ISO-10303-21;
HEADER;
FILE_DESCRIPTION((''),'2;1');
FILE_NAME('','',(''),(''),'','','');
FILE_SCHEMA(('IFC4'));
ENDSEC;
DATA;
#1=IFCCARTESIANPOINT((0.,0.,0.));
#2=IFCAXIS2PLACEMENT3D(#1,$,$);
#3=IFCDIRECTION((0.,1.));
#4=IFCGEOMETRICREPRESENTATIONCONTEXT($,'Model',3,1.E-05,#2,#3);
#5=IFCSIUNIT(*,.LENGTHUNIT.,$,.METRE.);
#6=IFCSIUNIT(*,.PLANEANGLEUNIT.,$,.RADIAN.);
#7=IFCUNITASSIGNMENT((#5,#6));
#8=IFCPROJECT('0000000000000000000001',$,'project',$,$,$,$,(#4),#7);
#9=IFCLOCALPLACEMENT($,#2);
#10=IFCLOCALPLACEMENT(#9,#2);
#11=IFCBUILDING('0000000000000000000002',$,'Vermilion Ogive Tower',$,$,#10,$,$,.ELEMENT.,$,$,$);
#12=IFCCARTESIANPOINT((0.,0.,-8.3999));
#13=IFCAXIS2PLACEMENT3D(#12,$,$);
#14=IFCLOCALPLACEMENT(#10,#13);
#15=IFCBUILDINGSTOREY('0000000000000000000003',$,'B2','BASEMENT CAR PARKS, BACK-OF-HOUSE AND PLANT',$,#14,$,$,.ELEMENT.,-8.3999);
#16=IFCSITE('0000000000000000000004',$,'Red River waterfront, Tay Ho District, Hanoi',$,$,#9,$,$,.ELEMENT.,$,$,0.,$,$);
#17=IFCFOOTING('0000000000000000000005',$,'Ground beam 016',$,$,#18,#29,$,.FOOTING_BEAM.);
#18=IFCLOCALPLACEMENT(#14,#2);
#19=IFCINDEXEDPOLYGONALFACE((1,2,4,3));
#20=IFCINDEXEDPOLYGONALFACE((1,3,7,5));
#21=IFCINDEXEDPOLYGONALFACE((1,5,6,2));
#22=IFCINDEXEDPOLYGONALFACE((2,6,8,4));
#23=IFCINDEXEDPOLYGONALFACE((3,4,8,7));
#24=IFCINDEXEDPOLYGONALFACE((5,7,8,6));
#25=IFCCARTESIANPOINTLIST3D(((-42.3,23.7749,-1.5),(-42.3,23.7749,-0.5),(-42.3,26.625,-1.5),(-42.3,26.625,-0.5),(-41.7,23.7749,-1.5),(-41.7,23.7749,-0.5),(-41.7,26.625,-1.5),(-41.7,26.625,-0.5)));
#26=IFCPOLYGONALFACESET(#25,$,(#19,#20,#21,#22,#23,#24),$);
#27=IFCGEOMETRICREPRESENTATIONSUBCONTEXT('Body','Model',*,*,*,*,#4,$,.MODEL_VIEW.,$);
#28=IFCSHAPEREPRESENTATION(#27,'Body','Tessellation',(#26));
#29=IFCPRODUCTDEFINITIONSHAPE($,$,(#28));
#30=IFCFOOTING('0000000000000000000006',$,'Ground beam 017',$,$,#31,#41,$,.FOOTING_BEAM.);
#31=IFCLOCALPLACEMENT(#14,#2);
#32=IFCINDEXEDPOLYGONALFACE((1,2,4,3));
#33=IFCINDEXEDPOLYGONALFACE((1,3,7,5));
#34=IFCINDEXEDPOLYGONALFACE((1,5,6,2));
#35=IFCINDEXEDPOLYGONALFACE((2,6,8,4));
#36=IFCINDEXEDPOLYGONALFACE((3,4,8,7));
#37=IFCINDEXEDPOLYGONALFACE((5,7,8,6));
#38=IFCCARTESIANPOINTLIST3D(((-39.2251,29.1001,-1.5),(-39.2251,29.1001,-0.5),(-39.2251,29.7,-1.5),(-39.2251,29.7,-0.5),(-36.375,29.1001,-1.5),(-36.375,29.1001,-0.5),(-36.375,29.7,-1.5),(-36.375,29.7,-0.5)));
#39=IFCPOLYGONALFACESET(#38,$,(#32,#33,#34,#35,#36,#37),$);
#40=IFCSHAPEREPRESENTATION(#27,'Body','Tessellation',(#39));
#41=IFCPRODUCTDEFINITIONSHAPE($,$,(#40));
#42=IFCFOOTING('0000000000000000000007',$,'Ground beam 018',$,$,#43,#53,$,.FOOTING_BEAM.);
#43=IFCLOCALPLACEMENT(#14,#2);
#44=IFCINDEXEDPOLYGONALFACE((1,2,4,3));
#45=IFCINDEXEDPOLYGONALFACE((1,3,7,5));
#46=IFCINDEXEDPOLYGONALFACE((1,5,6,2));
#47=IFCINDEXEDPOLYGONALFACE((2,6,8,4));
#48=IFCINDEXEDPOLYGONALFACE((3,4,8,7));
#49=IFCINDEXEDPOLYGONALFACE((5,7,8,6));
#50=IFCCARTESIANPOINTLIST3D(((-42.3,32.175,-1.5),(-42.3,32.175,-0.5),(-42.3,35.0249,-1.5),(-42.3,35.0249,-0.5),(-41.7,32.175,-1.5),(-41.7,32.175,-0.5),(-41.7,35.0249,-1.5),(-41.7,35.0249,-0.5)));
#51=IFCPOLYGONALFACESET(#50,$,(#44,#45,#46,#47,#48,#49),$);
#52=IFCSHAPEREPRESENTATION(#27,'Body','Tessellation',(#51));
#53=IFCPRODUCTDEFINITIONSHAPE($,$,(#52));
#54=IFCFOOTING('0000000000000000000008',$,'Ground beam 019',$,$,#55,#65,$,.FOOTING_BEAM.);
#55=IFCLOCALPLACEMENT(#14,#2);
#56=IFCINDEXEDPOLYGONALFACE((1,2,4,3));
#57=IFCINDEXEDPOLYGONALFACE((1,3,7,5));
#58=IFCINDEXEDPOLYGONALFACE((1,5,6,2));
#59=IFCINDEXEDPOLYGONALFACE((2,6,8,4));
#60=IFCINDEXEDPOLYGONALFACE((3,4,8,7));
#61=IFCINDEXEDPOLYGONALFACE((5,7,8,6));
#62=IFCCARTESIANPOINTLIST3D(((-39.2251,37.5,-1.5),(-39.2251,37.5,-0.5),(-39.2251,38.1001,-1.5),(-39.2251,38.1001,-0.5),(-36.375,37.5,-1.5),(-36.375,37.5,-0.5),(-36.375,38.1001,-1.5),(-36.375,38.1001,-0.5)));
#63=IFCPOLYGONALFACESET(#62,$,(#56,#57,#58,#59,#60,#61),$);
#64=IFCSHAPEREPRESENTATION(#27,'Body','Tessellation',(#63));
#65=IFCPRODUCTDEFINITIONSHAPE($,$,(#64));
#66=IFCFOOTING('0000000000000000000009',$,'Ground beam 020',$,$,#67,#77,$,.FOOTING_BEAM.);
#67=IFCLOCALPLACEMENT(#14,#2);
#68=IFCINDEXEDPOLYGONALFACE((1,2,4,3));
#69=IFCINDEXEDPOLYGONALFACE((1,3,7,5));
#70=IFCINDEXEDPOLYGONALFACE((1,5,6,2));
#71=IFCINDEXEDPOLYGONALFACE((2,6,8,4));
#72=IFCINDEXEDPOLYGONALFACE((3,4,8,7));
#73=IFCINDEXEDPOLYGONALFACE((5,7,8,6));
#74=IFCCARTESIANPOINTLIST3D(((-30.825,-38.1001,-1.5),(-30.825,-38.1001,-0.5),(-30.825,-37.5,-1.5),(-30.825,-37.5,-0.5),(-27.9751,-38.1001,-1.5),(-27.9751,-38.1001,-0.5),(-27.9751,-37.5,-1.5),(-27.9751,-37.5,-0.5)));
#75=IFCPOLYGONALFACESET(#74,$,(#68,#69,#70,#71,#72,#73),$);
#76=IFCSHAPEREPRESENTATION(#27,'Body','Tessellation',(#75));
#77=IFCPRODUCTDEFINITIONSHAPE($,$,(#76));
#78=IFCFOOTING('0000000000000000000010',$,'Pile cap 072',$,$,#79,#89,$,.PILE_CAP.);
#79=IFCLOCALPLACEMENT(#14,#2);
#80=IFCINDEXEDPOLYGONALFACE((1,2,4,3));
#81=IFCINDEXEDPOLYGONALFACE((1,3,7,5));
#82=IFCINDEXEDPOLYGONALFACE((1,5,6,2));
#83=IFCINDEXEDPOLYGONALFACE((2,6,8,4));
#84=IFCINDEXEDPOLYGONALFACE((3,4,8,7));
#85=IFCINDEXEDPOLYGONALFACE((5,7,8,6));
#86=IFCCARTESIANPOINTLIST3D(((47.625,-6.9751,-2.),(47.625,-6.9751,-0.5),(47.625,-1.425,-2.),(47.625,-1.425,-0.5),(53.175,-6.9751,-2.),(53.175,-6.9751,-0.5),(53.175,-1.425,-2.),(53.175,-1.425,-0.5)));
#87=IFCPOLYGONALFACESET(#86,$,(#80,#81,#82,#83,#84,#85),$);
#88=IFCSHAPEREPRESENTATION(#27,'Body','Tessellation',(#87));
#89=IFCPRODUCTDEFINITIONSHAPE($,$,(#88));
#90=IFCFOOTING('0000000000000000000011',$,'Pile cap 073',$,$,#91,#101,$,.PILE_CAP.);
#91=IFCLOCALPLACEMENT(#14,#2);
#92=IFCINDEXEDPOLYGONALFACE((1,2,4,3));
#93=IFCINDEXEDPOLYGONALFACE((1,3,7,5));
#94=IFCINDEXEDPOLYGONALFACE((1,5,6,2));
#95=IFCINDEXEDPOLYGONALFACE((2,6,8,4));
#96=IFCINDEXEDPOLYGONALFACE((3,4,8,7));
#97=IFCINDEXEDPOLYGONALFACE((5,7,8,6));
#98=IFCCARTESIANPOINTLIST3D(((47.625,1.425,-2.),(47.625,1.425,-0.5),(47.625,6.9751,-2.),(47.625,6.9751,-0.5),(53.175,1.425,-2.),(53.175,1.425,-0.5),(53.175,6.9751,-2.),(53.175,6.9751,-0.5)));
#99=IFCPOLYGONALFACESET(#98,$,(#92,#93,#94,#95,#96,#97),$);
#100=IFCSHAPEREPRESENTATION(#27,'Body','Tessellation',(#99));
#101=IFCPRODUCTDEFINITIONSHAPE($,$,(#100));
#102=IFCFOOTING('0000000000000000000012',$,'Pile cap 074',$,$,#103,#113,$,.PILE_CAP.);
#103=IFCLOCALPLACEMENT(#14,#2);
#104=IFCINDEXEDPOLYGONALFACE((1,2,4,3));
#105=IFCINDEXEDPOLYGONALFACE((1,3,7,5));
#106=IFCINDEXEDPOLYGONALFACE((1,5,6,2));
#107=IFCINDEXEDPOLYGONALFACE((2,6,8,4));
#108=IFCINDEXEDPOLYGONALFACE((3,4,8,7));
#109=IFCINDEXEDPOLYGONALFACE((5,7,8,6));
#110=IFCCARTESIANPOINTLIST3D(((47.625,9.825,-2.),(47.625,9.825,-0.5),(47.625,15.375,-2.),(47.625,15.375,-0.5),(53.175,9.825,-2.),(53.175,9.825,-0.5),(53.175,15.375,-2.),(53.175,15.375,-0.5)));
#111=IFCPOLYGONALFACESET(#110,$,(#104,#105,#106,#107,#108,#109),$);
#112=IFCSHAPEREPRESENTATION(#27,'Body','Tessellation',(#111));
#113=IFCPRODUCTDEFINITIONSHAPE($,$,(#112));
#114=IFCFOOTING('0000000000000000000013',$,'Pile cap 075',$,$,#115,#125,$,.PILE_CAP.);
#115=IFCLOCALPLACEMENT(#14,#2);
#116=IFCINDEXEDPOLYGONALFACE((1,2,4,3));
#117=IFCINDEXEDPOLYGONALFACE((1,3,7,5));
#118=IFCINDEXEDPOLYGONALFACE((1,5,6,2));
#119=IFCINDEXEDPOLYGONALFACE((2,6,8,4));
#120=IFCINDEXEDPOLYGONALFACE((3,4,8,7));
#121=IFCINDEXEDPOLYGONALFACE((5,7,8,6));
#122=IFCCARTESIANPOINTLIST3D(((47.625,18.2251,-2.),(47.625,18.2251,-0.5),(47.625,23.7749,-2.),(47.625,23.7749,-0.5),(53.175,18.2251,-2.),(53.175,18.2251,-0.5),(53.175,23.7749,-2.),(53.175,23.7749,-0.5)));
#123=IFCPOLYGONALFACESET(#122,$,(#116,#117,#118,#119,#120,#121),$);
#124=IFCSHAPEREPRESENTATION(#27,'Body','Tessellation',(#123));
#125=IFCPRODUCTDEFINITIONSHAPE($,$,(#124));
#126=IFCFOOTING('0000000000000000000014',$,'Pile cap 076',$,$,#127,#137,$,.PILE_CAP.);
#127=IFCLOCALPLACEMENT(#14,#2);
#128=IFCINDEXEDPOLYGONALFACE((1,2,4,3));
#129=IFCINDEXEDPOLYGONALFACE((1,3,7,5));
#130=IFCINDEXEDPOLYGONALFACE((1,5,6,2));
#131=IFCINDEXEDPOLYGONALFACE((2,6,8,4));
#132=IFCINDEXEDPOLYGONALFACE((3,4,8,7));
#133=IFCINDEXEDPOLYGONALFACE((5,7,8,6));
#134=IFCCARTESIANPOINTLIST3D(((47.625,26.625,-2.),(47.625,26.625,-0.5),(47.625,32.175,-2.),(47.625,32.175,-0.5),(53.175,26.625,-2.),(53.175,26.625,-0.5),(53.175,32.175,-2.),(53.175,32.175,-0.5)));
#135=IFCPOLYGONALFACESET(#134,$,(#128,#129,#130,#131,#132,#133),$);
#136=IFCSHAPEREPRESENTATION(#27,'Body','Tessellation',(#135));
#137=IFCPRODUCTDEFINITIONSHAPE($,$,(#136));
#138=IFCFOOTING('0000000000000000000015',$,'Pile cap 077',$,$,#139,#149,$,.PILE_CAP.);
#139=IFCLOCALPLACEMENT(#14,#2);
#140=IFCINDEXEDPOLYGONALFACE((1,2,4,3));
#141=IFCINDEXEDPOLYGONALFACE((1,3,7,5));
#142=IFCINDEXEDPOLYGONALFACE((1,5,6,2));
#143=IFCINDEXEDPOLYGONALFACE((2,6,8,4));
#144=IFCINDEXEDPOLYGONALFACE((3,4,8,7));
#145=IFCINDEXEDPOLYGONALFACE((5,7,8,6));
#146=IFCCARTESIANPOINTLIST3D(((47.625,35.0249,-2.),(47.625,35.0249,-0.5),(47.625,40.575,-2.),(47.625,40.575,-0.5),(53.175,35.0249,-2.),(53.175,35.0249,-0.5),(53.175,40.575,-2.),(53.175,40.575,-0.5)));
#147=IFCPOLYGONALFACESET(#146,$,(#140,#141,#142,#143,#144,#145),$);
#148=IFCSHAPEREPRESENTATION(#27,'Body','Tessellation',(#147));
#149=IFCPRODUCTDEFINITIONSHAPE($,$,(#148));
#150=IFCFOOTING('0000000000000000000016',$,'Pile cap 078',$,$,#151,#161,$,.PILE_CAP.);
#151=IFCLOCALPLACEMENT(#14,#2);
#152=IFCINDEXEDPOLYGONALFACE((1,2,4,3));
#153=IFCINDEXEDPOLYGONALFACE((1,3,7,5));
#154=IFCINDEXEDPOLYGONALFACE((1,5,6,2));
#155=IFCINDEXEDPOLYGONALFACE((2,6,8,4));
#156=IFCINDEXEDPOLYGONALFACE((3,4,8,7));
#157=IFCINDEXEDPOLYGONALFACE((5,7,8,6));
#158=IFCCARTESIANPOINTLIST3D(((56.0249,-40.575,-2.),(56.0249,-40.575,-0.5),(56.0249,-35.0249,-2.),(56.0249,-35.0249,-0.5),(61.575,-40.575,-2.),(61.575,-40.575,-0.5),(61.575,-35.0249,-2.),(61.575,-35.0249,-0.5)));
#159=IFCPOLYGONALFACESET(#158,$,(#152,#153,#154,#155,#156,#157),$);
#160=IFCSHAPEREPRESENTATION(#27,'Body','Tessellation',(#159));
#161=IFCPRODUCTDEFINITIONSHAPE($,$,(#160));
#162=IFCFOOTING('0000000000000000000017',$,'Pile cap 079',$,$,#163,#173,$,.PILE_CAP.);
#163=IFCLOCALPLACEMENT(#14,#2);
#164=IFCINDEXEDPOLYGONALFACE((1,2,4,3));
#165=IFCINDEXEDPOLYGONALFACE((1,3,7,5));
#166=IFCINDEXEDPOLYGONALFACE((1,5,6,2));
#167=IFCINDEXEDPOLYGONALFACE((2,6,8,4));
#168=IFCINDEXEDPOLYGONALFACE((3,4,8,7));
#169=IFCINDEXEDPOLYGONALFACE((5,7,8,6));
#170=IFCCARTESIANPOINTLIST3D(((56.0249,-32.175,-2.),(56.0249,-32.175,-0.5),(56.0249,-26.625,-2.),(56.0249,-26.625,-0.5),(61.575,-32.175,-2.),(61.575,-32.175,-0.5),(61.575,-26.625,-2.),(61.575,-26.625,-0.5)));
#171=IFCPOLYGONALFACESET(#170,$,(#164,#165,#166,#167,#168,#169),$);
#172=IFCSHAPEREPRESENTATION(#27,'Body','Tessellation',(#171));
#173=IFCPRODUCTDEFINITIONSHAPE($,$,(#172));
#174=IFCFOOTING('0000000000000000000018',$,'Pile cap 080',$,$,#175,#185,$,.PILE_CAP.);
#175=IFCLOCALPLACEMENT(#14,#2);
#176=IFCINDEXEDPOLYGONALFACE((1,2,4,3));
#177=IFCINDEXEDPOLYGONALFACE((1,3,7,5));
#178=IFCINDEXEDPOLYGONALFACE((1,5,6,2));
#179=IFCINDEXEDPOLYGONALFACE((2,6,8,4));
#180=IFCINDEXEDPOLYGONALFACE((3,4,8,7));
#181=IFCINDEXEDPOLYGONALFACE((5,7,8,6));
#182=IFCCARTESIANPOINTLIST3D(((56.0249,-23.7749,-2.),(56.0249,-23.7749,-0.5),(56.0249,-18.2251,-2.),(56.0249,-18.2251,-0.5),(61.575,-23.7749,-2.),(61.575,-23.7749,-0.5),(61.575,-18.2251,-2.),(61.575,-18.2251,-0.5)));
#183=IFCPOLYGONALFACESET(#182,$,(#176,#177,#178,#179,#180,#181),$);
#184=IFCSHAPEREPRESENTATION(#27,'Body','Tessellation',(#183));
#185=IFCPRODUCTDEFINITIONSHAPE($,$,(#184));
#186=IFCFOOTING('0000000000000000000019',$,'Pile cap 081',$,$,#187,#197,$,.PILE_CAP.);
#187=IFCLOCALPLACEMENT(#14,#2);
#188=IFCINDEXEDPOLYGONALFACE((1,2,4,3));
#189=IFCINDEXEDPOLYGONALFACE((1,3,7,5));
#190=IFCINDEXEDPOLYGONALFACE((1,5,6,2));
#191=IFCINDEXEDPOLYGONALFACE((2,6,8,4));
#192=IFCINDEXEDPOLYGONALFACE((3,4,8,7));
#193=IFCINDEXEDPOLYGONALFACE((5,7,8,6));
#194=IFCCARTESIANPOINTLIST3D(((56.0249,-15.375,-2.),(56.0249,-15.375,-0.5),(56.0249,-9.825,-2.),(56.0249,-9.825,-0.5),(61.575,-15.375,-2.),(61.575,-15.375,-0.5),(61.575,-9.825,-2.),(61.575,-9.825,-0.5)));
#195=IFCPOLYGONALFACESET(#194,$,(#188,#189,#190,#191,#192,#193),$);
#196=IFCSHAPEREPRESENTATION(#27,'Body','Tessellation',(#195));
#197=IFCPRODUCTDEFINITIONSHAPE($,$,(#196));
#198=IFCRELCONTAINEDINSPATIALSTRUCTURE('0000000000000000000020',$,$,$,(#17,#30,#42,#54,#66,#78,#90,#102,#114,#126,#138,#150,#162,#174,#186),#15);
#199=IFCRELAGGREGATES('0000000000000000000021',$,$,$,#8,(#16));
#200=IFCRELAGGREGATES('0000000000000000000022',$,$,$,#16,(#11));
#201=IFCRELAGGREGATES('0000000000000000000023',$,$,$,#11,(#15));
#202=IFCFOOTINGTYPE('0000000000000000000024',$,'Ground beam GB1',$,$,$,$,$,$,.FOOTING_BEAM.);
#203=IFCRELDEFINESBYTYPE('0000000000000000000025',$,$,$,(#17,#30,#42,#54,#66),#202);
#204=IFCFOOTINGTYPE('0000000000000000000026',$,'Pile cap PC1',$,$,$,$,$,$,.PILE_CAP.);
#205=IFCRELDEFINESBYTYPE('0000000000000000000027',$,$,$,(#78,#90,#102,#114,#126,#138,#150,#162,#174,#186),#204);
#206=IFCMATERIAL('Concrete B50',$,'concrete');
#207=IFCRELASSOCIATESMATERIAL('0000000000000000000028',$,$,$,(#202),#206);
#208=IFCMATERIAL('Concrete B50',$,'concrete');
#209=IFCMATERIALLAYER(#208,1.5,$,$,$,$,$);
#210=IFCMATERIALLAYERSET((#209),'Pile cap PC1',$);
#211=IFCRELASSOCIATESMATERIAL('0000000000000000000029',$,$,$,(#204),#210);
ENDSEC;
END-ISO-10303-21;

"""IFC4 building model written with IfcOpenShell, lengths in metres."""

from ifc_helpers import new_model, si_unit, direction, frame, origin, place, context, subcontext, project, spatial, polyline, outline, extrude, material, layer, layer_set, type_object, element, save


model = new_model("IFC4")

# Units and contexts
model_context = context("Model", 3, precision=1e-05, world=origin(), true_north=direction((0.0, 1.0)))
body_context = subcontext(model_context, "Body", "Model", "MODEL_VIEW")
ifc_project = project(units=[si_unit("LENGTHUNIT", "METRE"), si_unit("PLANEANGLEUNIT", "RADIAN")], contexts=[model_context])

# Site, building, storey
site_placement = place(None, origin())
site = spatial("IfcSite", under=ifc_project, at=site_placement, Name="Red River waterfront, Tay Ho District, Hanoi", CompositionType="ELEMENT", RefElevation=0.0)
building_placement = place(site_placement, origin())
building = spatial("IfcBuilding", under=site, at=building_placement, Name="Vermilion Ogive Tower", CompositionType="ELEMENT")
storey_placement = place(building_placement, frame((0.0, 0.0, -8.3999)))
storey = spatial("IfcBuildingStorey", under=building, at=storey_placement, Name="B2", Description="BASEMENT CAR PARKS, BACK-OF-HOUSE AND PLANT", CompositionType="ELEMENT", Elevation=-8.3999)

# Footings
ifc_material_1 = material(Name="Concrete B50", Category="concrete")
footing_type_1 = type_object("IfcFootingType", Name="Ground beam GB1", PredefinedType="FOOTING_BEAM", material=ifc_material_1)
footing_1_placement = place(storey_placement, frame((0.0, 0.0, -1.5)))
element("IfcFooting", 1, at=footing_1_placement, inside=storey, type_object=footing_type_1, Name="Ground beam 016", PredefinedType="FOOTING_BEAM", context=body_context, shape_type="SweptSolid", body=[
    extrude(outline(polyline([(-41.7, 23.7749), (-41.7, 26.625), (-42.3, 26.625), (-42.3, 23.7749), (-41.7, 23.7749)])), origin(), (0.0, 0.0, 1.0), 1.0),
])
footing_2_placement = place(storey_placement, frame((0.0, 0.0, -1.5)))
element("IfcFooting", 2, at=footing_2_placement, inside=storey, type_object=footing_type_1, Name="Ground beam 017", PredefinedType="FOOTING_BEAM", context=body_context, shape_type="SweptSolid", body=[
    extrude(outline(polyline([(-36.375, 29.1001), (-36.375, 29.7), (-39.2251, 29.7), (-39.2251, 29.1001), (-36.375, 29.1001)])), origin(), (0.0, 0.0, 1.0), 1.0),
])
footing_3_placement = place(storey_placement, frame((0.0, 0.0, -1.5)))
element("IfcFooting", 3, at=footing_3_placement, inside=storey, type_object=footing_type_1, Name="Ground beam 018", PredefinedType="FOOTING_BEAM", context=body_context, shape_type="SweptSolid", body=[
    extrude(outline(polyline([(-41.7, 32.175), (-41.7, 35.0249), (-42.3, 35.0249), (-42.3, 32.175), (-41.7, 32.175)])), origin(), (0.0, 0.0, 1.0), 1.0),
])
footing_4_placement = place(storey_placement, frame((0.0, 0.0, -1.5)))
element("IfcFooting", 4, at=footing_4_placement, inside=storey, type_object=footing_type_1, Name="Ground beam 019", PredefinedType="FOOTING_BEAM", context=body_context, shape_type="SweptSolid", body=[
    extrude(outline(polyline([(-36.375, 37.5), (-36.375, 38.1001), (-39.2251, 38.1001), (-39.2251, 37.5), (-36.375, 37.5)])), origin(), (0.0, 0.0, 1.0), 1.0),
])
footing_5_placement = place(storey_placement, frame((0.0, 0.0, -1.5)))
element("IfcFooting", 5, at=footing_5_placement, inside=storey, type_object=footing_type_1, Name="Ground beam 020", PredefinedType="FOOTING_BEAM", context=body_context, shape_type="SweptSolid", body=[
    extrude(outline(polyline([(-27.9751, -38.1001), (-27.9751, -37.5), (-30.825, -37.5), (-30.825, -38.1001), (-27.9751, -38.1001)])), origin(), (0.0, 0.0, 1.0), 1.0),
])
ifc_material_2 = material(Name="Concrete B50", Category="concrete")
ifc_layer = layer(ifc_material_2, 1.5)
ifc_layer_set = layer_set([ifc_layer], Name="Pile cap PC1")
footing_type_2 = type_object("IfcFootingType", Name="Pile cap PC1", PredefinedType="PILE_CAP", material=ifc_layer_set)
footing_6_placement = place(storey_placement, frame((0.0, 0.0, -2.0)))
element("IfcFooting", 6, at=footing_6_placement, inside=storey, type_object=footing_type_2, Name="Pile cap 072", PredefinedType="PILE_CAP", context=body_context, shape_type="SweptSolid", body=[
    extrude(outline(polyline([(47.625, -6.9751), (53.175, -6.9751), (53.175, -1.425), (47.625, -1.425), (47.625, -6.9751)])), origin(), (0.0, 0.0, 1.0), 1.5),
])
footing_7_placement = place(storey_placement, frame((0.0, 0.0, -2.0)))
element("IfcFooting", 7, at=footing_7_placement, inside=storey, type_object=footing_type_2, Name="Pile cap 073", PredefinedType="PILE_CAP", context=body_context, shape_type="SweptSolid", body=[
    extrude(outline(polyline([(47.625, 1.425), (53.175, 1.425), (53.175, 6.9751), (47.625, 6.9751), (47.625, 1.425)])), origin(), (0.0, 0.0, 1.0), 1.5),
])
footing_8_placement = place(storey_placement, frame((0.0, 0.0, -2.0)))
element("IfcFooting", 8, at=footing_8_placement, inside=storey, type_object=footing_type_2, Name="Pile cap 074", PredefinedType="PILE_CAP", context=body_context, shape_type="SweptSolid", body=[
    extrude(outline(polyline([(47.625, 9.825), (53.175, 9.825), (53.175, 15.375), (47.625, 15.375), (47.625, 9.825)])), origin(), (0.0, 0.0, 1.0), 1.5),
])
footing_9_placement = place(storey_placement, frame((0.0, 0.0, -2.0)))
element("IfcFooting", 9, at=footing_9_placement, inside=storey, type_object=footing_type_2, Name="Pile cap 075", PredefinedType="PILE_CAP", context=body_context, shape_type="SweptSolid", body=[
    extrude(outline(polyline([(47.625, 18.2251), (53.175, 18.2251), (53.175, 23.7749), (47.625, 23.7749), (47.625, 18.2251)])), origin(), (0.0, 0.0, 1.0), 1.5),
])
footing_10_placement = place(storey_placement, frame((0.0, 0.0, -2.0)))
element("IfcFooting", 10, at=footing_10_placement, inside=storey, type_object=footing_type_2, Name="Pile cap 076", PredefinedType="PILE_CAP", context=body_context, shape_type="SweptSolid", body=[
    extrude(outline(polyline([(47.625, 26.625), (53.175, 26.625), (53.175, 32.175), (47.625, 32.175), (47.625, 26.625)])), origin(), (0.0, 0.0, 1.0), 1.5),
])
footing_11_placement = place(storey_placement, frame((0.0, 0.0, -2.0)))
element("IfcFooting", 11, at=footing_11_placement, inside=storey, type_object=footing_type_2, Name="Pile cap 077", PredefinedType="PILE_CAP", context=body_context, shape_type="SweptSolid", body=[
    extrude(outline(polyline([(47.625, 35.0249), (53.175, 35.0249), (53.175, 40.575), (47.625, 40.575), (47.625, 35.0249)])), origin(), (0.0, 0.0, 1.0), 1.5),
])
footing_12_placement = place(storey_placement, frame((0.0, 0.0, -2.0)))
element("IfcFooting", 12, at=footing_12_placement, inside=storey, type_object=footing_type_2, Name="Pile cap 078", PredefinedType="PILE_CAP", context=body_context, shape_type="SweptSolid", body=[
    extrude(outline(polyline([(56.0249, -40.575), (61.575, -40.575), (61.575, -35.0249), (56.0249, -35.0249), (56.0249, -40.575)])), origin(), (0.0, 0.0, 1.0), 1.5),
])
footing_13_placement = place(storey_placement, frame((0.0, 0.0, -2.0)))
element("IfcFooting", 13, at=footing_13_placement, inside=storey, type_object=footing_type_2, Name="Pile cap 079", PredefinedType="PILE_CAP", context=body_context, shape_type="SweptSolid", body=[
    extrude(outline(polyline([(56.0249, -32.175), (61.575, -32.175), (61.575, -26.625), (56.0249, -26.625), (56.0249, -32.175)])), origin(), (0.0, 0.0, 1.0), 1.5),
])
footing_14_placement = place(storey_placement, frame((0.0, 0.0, -2.0)))
element("IfcFooting", 14, at=footing_14_placement, inside=storey, type_object=footing_type_2, Name="Pile cap 080", PredefinedType="PILE_CAP", context=body_context, shape_type="SweptSolid", body=[
    extrude(outline(polyline([(56.0249, -23.7749), (61.575, -23.7749), (61.575, -18.2251), (56.0249, -18.2251), (56.0249, -23.7749)])), origin(), (0.0, 0.0, 1.0), 1.5),
])
footing_15_placement = place(storey_placement, frame((0.0, 0.0, -2.0)))
element("IfcFooting", 15, at=footing_15_placement, inside=storey, type_object=footing_type_2, Name="Pile cap 081", PredefinedType="PILE_CAP", context=body_context, shape_type="SweptSolid", body=[
    extrude(outline(polyline([(56.0249, -15.375), (61.575, -15.375), (61.575, -9.825), (56.0249, -9.825), (56.0249, -15.375)])), origin(), (0.0, 0.0, 1.0), 1.5),
])

save(model, "model.ifc")
